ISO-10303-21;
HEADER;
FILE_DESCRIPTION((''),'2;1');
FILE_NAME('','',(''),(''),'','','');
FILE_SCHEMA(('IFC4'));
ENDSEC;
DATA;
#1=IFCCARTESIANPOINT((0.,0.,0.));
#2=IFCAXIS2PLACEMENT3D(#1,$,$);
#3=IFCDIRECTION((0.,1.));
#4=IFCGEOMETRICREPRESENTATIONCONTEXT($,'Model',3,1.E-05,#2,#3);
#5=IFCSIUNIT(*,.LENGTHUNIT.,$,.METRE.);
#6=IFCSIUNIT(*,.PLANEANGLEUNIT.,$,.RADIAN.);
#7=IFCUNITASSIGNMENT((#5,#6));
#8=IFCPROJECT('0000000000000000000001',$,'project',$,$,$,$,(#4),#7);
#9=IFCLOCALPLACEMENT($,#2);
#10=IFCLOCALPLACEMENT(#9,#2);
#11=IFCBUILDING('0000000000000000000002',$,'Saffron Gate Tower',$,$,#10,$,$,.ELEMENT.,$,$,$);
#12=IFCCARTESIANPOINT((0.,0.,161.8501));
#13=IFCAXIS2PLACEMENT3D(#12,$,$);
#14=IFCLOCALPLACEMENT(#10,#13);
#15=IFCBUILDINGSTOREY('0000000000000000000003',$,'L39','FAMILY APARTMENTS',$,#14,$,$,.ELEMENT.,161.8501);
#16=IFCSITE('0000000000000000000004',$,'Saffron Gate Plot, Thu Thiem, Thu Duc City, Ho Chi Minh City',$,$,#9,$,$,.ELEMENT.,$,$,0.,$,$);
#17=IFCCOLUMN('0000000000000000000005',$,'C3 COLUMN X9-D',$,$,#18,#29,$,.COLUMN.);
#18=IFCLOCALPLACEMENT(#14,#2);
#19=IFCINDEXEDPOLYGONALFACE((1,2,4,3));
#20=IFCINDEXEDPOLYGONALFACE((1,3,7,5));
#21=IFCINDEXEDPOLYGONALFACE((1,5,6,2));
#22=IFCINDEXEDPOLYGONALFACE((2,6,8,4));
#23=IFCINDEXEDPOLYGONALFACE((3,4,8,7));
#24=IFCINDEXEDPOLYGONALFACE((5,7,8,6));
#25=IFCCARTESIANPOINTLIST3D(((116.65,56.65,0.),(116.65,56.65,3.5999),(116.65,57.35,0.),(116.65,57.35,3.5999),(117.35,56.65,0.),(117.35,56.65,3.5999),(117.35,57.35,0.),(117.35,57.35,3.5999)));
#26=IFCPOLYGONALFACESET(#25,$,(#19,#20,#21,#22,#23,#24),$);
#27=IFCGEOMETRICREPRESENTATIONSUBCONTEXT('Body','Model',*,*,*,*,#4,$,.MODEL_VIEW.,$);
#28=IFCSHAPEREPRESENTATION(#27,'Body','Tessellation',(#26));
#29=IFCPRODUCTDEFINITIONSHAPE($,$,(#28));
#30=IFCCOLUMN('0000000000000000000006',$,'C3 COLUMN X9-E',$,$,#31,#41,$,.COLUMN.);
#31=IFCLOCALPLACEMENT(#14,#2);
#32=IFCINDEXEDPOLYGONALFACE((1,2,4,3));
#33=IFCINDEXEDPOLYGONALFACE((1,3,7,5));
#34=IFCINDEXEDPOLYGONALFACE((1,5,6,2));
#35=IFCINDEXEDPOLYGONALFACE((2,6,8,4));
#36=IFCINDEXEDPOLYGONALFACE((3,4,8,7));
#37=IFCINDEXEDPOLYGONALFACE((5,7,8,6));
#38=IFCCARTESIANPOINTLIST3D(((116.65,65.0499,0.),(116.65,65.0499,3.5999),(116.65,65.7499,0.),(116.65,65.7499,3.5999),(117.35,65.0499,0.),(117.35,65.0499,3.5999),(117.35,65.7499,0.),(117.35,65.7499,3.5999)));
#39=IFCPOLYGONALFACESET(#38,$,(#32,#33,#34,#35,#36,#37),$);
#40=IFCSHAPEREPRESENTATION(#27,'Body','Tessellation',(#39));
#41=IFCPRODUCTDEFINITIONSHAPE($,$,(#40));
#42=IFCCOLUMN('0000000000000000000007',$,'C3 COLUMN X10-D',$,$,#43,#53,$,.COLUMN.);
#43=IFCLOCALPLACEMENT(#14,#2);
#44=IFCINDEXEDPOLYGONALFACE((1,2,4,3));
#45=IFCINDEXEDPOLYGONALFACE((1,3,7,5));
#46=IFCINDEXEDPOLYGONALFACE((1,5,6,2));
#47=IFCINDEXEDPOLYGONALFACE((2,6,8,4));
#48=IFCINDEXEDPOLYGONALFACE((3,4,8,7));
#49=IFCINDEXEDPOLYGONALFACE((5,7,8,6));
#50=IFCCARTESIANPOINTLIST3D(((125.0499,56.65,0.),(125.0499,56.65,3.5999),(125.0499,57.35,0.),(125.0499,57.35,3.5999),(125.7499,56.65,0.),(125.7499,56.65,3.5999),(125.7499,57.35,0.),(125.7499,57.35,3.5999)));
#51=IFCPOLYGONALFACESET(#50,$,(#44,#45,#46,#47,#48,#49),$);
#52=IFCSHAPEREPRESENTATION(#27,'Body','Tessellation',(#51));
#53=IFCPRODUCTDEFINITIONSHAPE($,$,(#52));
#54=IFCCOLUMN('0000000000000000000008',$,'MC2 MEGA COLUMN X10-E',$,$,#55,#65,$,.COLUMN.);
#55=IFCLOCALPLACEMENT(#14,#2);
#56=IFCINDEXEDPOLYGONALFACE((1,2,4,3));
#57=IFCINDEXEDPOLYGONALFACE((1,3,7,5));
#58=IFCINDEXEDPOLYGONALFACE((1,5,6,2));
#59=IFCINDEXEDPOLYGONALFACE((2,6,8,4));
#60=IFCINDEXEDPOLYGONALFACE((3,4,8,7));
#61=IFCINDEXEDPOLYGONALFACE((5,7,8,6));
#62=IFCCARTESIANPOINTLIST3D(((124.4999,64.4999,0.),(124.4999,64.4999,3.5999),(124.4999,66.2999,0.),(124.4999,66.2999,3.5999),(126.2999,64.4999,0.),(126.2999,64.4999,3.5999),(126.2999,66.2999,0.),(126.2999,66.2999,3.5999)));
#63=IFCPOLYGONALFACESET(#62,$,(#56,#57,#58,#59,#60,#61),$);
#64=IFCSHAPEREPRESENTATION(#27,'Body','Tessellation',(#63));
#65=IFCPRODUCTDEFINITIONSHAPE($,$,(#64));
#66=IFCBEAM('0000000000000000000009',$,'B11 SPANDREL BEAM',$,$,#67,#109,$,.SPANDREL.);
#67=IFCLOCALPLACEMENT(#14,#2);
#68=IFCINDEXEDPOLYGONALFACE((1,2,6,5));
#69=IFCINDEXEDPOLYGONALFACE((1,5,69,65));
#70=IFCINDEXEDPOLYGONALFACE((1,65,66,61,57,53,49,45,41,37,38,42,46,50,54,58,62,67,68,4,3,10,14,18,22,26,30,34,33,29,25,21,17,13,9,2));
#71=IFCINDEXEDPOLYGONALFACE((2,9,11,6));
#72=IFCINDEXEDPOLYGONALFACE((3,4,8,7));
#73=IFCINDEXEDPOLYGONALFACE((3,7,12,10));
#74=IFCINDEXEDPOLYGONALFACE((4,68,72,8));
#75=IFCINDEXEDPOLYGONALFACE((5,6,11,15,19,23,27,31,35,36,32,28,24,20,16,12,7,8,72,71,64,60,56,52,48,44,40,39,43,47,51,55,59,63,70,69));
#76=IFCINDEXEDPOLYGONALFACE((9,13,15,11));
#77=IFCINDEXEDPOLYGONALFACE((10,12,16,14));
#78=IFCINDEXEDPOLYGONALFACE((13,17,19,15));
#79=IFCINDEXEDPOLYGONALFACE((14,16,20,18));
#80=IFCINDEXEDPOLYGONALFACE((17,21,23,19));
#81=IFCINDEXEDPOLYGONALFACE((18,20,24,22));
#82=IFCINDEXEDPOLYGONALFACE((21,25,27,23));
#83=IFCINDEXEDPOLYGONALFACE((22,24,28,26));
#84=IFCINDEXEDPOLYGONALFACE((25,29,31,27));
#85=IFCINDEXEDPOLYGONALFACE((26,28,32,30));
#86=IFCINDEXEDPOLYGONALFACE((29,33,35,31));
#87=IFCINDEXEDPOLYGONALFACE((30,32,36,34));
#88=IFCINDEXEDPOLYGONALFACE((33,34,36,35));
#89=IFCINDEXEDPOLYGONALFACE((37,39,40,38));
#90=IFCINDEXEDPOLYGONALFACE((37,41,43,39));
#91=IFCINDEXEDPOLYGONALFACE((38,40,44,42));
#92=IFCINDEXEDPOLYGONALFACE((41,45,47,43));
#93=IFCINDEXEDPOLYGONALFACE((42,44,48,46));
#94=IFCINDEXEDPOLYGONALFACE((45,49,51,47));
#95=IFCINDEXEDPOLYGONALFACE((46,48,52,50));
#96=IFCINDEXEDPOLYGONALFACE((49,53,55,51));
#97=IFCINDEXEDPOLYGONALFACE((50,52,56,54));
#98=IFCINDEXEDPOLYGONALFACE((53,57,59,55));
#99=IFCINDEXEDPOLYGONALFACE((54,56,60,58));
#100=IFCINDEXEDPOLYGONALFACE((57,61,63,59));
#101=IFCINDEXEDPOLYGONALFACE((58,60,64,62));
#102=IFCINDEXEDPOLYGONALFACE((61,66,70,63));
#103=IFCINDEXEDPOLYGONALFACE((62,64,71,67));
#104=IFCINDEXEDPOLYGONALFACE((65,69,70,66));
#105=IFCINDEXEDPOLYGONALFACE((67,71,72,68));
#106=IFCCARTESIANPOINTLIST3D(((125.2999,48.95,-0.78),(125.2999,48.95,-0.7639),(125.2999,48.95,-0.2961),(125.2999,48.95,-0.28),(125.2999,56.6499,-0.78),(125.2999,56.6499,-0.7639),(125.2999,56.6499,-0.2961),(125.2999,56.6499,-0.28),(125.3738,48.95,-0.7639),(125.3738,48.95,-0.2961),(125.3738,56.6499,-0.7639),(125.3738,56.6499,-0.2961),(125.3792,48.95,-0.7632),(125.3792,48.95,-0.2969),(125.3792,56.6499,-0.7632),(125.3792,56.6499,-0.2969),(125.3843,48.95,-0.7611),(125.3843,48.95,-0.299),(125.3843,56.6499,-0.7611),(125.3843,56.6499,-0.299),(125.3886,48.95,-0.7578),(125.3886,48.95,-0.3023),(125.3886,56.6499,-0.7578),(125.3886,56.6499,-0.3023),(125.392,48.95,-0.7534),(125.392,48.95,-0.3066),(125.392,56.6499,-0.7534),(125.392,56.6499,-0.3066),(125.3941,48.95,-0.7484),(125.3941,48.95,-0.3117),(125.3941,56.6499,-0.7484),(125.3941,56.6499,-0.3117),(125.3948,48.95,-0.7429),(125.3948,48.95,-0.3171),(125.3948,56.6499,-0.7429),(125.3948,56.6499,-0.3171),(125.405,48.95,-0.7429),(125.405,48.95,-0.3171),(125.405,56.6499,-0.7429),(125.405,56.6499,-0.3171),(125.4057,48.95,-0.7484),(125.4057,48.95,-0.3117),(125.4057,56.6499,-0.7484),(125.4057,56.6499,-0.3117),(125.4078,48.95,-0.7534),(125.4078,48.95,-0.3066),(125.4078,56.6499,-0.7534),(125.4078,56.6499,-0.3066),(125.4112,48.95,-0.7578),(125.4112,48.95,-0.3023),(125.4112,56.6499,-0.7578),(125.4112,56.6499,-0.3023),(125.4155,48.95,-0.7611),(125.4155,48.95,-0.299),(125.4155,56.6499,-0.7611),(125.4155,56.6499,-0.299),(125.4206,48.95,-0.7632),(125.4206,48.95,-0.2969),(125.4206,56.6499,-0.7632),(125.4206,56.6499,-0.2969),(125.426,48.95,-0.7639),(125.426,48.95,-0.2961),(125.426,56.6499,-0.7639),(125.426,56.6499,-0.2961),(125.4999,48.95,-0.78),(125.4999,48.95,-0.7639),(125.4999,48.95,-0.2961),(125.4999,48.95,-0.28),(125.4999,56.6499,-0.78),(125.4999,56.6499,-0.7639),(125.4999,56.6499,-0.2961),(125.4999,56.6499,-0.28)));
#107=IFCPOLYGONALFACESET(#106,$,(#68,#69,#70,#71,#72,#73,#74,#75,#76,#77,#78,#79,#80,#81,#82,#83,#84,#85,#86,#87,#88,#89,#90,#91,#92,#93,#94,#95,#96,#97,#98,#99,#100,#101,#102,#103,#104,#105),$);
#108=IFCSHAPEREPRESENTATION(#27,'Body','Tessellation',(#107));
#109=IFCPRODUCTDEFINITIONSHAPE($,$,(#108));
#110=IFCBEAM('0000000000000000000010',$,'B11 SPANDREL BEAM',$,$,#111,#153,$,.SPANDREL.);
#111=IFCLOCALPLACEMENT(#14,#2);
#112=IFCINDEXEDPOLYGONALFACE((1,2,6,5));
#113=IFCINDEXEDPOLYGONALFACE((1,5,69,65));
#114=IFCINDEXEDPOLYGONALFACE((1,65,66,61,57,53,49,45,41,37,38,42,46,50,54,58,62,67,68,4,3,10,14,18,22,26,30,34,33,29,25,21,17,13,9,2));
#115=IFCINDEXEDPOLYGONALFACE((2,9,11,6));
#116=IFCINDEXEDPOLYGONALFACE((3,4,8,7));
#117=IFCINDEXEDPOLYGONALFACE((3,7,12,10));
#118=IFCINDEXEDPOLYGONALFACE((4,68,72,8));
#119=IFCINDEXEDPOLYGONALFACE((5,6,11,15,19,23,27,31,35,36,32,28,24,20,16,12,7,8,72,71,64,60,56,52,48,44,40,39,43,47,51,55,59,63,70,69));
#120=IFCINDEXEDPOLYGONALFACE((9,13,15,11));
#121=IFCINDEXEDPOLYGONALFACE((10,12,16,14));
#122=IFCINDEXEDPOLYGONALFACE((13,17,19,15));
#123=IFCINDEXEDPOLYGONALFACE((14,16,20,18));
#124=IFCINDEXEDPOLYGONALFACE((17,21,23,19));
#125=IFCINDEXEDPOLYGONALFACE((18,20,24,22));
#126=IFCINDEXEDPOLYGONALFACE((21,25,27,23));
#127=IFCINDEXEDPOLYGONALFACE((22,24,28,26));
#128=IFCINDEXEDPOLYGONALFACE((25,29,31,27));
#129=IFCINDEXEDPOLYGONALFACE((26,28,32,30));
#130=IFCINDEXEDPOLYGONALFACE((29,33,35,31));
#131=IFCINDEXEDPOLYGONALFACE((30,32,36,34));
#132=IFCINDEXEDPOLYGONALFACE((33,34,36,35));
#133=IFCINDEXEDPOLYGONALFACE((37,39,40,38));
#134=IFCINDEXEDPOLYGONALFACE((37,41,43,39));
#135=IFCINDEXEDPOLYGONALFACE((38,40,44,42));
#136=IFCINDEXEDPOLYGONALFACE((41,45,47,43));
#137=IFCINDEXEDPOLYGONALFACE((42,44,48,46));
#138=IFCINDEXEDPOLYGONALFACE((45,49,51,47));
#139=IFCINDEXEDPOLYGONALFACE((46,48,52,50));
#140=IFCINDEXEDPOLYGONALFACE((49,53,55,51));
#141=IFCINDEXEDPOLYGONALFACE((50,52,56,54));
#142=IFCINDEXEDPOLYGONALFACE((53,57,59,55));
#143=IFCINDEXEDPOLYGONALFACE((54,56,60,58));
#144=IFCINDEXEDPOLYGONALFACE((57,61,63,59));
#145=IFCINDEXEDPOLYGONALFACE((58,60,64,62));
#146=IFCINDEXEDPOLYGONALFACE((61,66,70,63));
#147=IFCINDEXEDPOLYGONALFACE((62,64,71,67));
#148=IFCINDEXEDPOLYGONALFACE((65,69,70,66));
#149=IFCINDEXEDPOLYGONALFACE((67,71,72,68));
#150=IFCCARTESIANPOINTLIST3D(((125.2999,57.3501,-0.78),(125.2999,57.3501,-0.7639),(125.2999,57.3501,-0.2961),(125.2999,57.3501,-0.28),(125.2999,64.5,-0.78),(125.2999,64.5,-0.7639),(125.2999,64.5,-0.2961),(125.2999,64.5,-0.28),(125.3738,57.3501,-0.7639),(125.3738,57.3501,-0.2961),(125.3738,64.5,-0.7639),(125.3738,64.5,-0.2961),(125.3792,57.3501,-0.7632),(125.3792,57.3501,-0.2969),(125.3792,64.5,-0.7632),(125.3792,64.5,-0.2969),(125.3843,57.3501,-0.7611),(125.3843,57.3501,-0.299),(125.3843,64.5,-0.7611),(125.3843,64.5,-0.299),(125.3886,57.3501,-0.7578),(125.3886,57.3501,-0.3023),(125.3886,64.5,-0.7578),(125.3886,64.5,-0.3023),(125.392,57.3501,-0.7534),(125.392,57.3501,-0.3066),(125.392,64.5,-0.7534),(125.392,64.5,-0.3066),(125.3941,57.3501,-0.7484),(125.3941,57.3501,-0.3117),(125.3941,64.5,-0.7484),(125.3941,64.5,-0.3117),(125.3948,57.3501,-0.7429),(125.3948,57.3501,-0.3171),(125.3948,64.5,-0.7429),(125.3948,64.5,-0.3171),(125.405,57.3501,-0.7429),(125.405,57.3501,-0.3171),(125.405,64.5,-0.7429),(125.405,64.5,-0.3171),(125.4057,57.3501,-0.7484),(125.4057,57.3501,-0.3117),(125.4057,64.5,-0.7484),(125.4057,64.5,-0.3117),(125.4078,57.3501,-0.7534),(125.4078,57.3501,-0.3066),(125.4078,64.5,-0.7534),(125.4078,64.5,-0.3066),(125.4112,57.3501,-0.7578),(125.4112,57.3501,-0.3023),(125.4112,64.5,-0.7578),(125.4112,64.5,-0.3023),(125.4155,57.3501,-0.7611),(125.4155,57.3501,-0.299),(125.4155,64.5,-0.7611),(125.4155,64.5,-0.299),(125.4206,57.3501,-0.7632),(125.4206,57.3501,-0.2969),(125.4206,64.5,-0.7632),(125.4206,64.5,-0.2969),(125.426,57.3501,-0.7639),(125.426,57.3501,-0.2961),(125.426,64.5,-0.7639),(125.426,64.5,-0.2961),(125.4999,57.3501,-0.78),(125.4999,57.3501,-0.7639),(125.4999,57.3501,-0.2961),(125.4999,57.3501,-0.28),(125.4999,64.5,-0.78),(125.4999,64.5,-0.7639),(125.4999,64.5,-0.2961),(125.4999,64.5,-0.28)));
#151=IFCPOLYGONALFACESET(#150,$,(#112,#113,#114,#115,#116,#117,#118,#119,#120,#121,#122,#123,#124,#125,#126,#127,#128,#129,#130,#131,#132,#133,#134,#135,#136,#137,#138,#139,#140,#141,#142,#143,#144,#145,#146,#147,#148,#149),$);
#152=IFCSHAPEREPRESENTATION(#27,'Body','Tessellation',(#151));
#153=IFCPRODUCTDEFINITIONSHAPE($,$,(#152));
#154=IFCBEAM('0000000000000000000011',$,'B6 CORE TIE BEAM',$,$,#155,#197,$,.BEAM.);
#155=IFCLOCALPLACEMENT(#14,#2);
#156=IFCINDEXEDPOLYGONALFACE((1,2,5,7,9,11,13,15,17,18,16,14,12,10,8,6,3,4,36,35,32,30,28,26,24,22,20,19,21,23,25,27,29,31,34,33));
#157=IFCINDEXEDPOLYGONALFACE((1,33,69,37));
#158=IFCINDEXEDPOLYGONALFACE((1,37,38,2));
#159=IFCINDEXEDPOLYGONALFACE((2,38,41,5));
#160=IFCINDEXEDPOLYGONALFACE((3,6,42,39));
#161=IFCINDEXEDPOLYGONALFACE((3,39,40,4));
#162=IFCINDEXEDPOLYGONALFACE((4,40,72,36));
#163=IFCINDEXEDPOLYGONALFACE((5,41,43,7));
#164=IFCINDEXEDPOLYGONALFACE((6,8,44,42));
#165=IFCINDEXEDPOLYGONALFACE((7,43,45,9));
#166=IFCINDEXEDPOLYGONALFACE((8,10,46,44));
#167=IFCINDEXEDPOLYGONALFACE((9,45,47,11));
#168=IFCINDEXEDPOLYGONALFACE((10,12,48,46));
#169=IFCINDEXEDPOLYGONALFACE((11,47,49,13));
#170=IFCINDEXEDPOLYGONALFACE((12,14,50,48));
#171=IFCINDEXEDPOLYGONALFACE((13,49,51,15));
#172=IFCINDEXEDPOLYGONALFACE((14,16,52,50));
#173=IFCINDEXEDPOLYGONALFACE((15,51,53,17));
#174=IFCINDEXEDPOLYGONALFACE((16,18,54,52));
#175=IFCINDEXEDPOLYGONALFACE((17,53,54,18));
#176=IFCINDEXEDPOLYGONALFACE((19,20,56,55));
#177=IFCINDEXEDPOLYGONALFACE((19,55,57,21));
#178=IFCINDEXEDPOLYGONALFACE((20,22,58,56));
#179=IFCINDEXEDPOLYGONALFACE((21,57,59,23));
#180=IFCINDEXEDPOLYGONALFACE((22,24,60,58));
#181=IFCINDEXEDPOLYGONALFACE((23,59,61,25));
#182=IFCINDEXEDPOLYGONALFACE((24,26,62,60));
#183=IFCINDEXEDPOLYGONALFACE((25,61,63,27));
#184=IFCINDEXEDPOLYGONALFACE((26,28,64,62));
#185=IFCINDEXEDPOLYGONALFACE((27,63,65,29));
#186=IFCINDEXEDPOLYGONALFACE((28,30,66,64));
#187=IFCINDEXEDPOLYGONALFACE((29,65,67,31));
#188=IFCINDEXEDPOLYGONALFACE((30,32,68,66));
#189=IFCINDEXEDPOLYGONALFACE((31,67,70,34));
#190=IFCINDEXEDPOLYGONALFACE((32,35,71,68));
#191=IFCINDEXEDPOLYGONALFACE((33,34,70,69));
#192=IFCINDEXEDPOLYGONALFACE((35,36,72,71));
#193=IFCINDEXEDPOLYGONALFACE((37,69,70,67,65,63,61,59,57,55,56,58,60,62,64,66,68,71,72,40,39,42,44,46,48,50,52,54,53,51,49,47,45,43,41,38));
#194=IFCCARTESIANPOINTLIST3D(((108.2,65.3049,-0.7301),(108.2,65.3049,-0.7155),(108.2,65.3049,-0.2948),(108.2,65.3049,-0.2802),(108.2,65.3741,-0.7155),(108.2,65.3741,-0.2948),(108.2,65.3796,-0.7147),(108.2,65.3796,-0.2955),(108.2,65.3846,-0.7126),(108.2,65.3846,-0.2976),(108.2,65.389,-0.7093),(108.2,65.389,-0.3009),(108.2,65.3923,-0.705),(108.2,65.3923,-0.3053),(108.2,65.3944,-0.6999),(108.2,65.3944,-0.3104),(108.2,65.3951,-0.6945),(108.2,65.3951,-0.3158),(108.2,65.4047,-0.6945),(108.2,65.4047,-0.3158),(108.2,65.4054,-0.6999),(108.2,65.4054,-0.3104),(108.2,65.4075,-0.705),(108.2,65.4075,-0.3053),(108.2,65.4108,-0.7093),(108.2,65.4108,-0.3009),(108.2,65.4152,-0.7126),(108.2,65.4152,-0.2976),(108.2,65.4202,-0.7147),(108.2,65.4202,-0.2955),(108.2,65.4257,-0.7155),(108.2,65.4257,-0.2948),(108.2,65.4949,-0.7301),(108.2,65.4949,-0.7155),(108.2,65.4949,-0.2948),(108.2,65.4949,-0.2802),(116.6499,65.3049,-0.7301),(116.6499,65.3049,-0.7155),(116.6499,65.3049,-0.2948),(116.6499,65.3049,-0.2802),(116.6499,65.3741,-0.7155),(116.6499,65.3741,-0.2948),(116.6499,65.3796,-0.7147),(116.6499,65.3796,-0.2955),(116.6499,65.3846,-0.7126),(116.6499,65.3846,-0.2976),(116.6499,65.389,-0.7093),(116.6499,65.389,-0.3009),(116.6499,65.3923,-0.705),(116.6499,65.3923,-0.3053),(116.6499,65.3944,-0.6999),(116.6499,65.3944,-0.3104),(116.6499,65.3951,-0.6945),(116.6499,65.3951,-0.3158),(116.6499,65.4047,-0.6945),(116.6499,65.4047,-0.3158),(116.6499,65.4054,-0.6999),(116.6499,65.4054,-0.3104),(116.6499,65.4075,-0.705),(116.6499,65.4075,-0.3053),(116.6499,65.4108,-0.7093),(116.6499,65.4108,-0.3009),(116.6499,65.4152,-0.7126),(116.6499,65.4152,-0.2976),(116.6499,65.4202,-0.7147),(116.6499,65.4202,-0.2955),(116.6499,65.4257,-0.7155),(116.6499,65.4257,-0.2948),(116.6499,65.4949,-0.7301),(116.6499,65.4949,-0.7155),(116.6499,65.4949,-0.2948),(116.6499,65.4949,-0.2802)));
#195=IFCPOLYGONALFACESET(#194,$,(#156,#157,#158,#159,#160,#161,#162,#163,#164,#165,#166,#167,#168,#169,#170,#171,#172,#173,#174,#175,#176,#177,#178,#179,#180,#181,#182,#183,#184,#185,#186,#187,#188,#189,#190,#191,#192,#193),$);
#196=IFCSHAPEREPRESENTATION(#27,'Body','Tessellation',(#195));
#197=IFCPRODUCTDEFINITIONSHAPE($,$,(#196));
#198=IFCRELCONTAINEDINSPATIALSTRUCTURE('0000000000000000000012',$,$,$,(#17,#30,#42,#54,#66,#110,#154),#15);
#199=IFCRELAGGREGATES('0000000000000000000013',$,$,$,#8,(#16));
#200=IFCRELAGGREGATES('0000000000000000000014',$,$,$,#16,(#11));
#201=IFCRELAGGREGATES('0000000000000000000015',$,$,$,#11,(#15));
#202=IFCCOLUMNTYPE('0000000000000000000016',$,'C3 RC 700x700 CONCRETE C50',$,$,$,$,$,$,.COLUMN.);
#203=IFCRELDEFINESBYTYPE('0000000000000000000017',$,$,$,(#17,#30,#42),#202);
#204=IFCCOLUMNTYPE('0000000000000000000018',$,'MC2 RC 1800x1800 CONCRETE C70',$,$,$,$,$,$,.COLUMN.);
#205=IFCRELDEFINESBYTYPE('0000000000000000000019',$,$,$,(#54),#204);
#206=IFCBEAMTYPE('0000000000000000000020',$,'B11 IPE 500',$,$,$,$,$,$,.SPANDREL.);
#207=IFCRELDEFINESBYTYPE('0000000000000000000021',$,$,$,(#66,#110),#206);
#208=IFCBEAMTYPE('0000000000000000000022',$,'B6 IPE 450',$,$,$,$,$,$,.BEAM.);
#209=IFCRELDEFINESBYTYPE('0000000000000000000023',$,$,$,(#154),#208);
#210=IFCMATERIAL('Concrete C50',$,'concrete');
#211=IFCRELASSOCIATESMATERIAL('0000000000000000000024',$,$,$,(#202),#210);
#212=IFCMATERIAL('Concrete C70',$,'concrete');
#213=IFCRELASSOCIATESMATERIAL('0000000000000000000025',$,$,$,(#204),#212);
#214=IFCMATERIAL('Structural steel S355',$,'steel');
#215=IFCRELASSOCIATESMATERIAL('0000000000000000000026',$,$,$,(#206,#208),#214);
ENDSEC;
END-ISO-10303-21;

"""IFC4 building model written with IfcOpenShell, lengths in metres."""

from ifc_helpers import new_model, si_unit, direction, frame, origin, origin_2d, place, context, subcontext, project, spatial, rectangle, i_section, extrude, material, material_profile, profile_set, type_object, element, save


model = new_model("IFC4")

# Units and contexts
model_context = context("Model", 3, precision=1e-05, world=origin(), true_north=direction((0.0, 1.0)))
body_context = subcontext(model_context, "Body", "Model", "MODEL_VIEW")
ifc_project = project(units=[si_unit("LENGTHUNIT", "METRE"), si_unit("PLANEANGLEUNIT", "RADIAN")], contexts=[model_context])

# Site, building, storey
site_placement = place(None, origin())
site = spatial("IfcSite", under=ifc_project, at=site_placement, Name="Saffron Gate Plot, Thu Thiem, Thu Duc City, Ho Chi Minh City", CompositionType="ELEMENT", RefElevation=0.0)
building_placement = place(site_placement, origin())
building = spatial("IfcBuilding", under=site, at=building_placement, Name="Saffron Gate Tower", CompositionType="ELEMENT")
storey_placement = place(building_placement, frame((0.0, 0.0, 161.8501)))
storey = spatial("IfcBuildingStorey", under=building, at=storey_placement, Name="L39", Description="FAMILY APARTMENTS", CompositionType="ELEMENT", Elevation=161.8501)

# Columns
ifc_material_1 = material(Name="Concrete C50", Category="concrete")
ifc_material_profile_1 = material_profile(ifc_material_1, rectangle(XDim=0.7, YDim=0.7, at=origin_2d()))
ifc_profile_set_1 = profile_set([ifc_material_profile_1], Name="Concrete C50")
column_type_1 = type_object("IfcColumnType", Name="C3 RC 700x700 CONCRETE C50", PredefinedType="COLUMN", material=ifc_profile_set_1)
for number, where, z_axis, x_axis, name in (
    (1, (117.0, 57.0, 0.0), (0.0, 0.0, 1.0), (1.0, 0.0, 0.0), "C3 COLUMN X9-D"),
    (2, (117.0, 65.3999, 0.0), (0.0, 0.0, 1.0), (1.0, 0.0, 0.0), "C3 COLUMN X9-E"),
    (3, (125.3999, 57.0, 0.0), (0.0, 0.0, 1.0), (1.0, 0.0, 0.0), "C3 COLUMN X10-D"),
):
    element("IfcColumn", number, at=place(storey_placement, frame(where, z_axis=z_axis, x_axis=x_axis)), inside=storey, type_object=column_type_1, Name=name, PredefinedType="COLUMN", context=body_context, shape_type="SweptSolid", body=[
        extrude(rectangle(XDim=0.7, YDim=0.7, at=origin_2d()), origin(), (0.0, 0.0, 1.0), 3.5999),
    ])
ifc_material_2 = material(Name="Concrete C70", Category="concrete")
ifc_material_profile_2 = material_profile(ifc_material_2, rectangle(XDim=1.8, YDim=1.8, at=origin_2d()))
ifc_profile_set_2 = profile_set([ifc_material_profile_2], Name="Concrete C70")
column_type_2 = type_object("IfcColumnType", Name="MC2 RC 1800x1800 CONCRETE C70", PredefinedType="COLUMN", material=ifc_profile_set_2)
column_placement = place(storey_placement, frame((125.3999, 65.3999, 0.0), z_axis=(0.0, 0.0, 1.0), x_axis=(1.0, 0.0, 0.0)))
element("IfcColumn", 4, at=column_placement, inside=storey, type_object=column_type_2, Name="MC2 MEGA COLUMN X10-E", PredefinedType="COLUMN", context=body_context, shape_type="SweptSolid", body=[
    extrude(rectangle(XDim=1.8, YDim=1.8, at=origin_2d()), origin(), (0.0, 0.0, 1.0), 3.5999),
])

# Beams
ifc_material_3 = material(Name="Structural steel S355", Category="steel")
ifc_material_profile_3 = material_profile(ifc_material_3, i_section(OverallWidth=0.2, OverallDepth=0.5, WebThickness=0.0103, FlangeThickness=0.0161, FilletRadius=0.021, at=origin_2d()))
ifc_profile_set_3 = profile_set([ifc_material_profile_3], Name="Structural steel S355")
beam_type_1 = type_object("IfcBeamType", Name="B11 IPE 500", PredefinedType="SPANDREL", material=ifc_profile_set_3)
beam_1_placement = place(storey_placement, frame((125.3999, 48.95, -0.53), z_axis=(0.0, 1.0, 0.0), x_axis=(-1.0, 0.0, 0.0)))
element("IfcBeam", 5, at=beam_1_placement, inside=storey, type_object=beam_type_1, Name="B11 SPANDREL BEAM", PredefinedType="SPANDREL", context=body_context, shape_type="SweptSolid", body=[
    extrude(i_section(OverallWidth=0.2, OverallDepth=0.5, WebThickness=0.0103, FlangeThickness=0.0161, FilletRadius=0.021, at=origin_2d()), origin(), (0.0, 0.0, 1.0), 7.7),
])
beam_2_placement = place(storey_placement, frame((125.3999, 57.3501, -0.53), z_axis=(0.0, 1.0, 0.0), x_axis=(-1.0, 0.0, 0.0)))
element("IfcBeam", 6, at=beam_2_placement, inside=storey, type_object=beam_type_1, Name="B11 SPANDREL BEAM", PredefinedType="SPANDREL", context=body_context, shape_type="SweptSolid", body=[
    extrude(i_section(OverallWidth=0.2, OverallDepth=0.5, WebThickness=0.0103, FlangeThickness=0.0161, FilletRadius=0.021, at=origin_2d()), origin(), (0.0, 0.0, 1.0), 7.1499),
])
ifc_material_profile_4 = material_profile(ifc_material_3, i_section(OverallWidth=0.1899, OverallDepth=0.45, WebThickness=0.0095, FlangeThickness=0.0146, FilletRadius=0.021, at=origin_2d()))
ifc_profile_set_4 = profile_set([ifc_material_profile_4], Name="Structural steel S355")
beam_type_2 = type_object("IfcBeamType", Name="B6 IPE 450", PredefinedType="BEAM", material=ifc_profile_set_4)
beam_3_placement = place(storey_placement, frame((116.6499, 65.3999, -0.5051), z_axis=(-1.0, 0.0, 0.0), x_axis=(0.0, -1.0, 0.0)))
element("IfcBeam", 7, at=beam_3_placement, inside=storey, type_object=beam_type_2, Name="B6 CORE TIE BEAM", PredefinedType="BEAM", context=body_context, shape_type="SweptSolid", body=[
    extrude(i_section(OverallWidth=0.1899, OverallDepth=0.45, WebThickness=0.0095, FlangeThickness=0.0146, FilletRadius=0.021, at=origin_2d()), origin(), (0.0, 0.0, 1.0), 8.45),
])

save(model, "model.ifc")
